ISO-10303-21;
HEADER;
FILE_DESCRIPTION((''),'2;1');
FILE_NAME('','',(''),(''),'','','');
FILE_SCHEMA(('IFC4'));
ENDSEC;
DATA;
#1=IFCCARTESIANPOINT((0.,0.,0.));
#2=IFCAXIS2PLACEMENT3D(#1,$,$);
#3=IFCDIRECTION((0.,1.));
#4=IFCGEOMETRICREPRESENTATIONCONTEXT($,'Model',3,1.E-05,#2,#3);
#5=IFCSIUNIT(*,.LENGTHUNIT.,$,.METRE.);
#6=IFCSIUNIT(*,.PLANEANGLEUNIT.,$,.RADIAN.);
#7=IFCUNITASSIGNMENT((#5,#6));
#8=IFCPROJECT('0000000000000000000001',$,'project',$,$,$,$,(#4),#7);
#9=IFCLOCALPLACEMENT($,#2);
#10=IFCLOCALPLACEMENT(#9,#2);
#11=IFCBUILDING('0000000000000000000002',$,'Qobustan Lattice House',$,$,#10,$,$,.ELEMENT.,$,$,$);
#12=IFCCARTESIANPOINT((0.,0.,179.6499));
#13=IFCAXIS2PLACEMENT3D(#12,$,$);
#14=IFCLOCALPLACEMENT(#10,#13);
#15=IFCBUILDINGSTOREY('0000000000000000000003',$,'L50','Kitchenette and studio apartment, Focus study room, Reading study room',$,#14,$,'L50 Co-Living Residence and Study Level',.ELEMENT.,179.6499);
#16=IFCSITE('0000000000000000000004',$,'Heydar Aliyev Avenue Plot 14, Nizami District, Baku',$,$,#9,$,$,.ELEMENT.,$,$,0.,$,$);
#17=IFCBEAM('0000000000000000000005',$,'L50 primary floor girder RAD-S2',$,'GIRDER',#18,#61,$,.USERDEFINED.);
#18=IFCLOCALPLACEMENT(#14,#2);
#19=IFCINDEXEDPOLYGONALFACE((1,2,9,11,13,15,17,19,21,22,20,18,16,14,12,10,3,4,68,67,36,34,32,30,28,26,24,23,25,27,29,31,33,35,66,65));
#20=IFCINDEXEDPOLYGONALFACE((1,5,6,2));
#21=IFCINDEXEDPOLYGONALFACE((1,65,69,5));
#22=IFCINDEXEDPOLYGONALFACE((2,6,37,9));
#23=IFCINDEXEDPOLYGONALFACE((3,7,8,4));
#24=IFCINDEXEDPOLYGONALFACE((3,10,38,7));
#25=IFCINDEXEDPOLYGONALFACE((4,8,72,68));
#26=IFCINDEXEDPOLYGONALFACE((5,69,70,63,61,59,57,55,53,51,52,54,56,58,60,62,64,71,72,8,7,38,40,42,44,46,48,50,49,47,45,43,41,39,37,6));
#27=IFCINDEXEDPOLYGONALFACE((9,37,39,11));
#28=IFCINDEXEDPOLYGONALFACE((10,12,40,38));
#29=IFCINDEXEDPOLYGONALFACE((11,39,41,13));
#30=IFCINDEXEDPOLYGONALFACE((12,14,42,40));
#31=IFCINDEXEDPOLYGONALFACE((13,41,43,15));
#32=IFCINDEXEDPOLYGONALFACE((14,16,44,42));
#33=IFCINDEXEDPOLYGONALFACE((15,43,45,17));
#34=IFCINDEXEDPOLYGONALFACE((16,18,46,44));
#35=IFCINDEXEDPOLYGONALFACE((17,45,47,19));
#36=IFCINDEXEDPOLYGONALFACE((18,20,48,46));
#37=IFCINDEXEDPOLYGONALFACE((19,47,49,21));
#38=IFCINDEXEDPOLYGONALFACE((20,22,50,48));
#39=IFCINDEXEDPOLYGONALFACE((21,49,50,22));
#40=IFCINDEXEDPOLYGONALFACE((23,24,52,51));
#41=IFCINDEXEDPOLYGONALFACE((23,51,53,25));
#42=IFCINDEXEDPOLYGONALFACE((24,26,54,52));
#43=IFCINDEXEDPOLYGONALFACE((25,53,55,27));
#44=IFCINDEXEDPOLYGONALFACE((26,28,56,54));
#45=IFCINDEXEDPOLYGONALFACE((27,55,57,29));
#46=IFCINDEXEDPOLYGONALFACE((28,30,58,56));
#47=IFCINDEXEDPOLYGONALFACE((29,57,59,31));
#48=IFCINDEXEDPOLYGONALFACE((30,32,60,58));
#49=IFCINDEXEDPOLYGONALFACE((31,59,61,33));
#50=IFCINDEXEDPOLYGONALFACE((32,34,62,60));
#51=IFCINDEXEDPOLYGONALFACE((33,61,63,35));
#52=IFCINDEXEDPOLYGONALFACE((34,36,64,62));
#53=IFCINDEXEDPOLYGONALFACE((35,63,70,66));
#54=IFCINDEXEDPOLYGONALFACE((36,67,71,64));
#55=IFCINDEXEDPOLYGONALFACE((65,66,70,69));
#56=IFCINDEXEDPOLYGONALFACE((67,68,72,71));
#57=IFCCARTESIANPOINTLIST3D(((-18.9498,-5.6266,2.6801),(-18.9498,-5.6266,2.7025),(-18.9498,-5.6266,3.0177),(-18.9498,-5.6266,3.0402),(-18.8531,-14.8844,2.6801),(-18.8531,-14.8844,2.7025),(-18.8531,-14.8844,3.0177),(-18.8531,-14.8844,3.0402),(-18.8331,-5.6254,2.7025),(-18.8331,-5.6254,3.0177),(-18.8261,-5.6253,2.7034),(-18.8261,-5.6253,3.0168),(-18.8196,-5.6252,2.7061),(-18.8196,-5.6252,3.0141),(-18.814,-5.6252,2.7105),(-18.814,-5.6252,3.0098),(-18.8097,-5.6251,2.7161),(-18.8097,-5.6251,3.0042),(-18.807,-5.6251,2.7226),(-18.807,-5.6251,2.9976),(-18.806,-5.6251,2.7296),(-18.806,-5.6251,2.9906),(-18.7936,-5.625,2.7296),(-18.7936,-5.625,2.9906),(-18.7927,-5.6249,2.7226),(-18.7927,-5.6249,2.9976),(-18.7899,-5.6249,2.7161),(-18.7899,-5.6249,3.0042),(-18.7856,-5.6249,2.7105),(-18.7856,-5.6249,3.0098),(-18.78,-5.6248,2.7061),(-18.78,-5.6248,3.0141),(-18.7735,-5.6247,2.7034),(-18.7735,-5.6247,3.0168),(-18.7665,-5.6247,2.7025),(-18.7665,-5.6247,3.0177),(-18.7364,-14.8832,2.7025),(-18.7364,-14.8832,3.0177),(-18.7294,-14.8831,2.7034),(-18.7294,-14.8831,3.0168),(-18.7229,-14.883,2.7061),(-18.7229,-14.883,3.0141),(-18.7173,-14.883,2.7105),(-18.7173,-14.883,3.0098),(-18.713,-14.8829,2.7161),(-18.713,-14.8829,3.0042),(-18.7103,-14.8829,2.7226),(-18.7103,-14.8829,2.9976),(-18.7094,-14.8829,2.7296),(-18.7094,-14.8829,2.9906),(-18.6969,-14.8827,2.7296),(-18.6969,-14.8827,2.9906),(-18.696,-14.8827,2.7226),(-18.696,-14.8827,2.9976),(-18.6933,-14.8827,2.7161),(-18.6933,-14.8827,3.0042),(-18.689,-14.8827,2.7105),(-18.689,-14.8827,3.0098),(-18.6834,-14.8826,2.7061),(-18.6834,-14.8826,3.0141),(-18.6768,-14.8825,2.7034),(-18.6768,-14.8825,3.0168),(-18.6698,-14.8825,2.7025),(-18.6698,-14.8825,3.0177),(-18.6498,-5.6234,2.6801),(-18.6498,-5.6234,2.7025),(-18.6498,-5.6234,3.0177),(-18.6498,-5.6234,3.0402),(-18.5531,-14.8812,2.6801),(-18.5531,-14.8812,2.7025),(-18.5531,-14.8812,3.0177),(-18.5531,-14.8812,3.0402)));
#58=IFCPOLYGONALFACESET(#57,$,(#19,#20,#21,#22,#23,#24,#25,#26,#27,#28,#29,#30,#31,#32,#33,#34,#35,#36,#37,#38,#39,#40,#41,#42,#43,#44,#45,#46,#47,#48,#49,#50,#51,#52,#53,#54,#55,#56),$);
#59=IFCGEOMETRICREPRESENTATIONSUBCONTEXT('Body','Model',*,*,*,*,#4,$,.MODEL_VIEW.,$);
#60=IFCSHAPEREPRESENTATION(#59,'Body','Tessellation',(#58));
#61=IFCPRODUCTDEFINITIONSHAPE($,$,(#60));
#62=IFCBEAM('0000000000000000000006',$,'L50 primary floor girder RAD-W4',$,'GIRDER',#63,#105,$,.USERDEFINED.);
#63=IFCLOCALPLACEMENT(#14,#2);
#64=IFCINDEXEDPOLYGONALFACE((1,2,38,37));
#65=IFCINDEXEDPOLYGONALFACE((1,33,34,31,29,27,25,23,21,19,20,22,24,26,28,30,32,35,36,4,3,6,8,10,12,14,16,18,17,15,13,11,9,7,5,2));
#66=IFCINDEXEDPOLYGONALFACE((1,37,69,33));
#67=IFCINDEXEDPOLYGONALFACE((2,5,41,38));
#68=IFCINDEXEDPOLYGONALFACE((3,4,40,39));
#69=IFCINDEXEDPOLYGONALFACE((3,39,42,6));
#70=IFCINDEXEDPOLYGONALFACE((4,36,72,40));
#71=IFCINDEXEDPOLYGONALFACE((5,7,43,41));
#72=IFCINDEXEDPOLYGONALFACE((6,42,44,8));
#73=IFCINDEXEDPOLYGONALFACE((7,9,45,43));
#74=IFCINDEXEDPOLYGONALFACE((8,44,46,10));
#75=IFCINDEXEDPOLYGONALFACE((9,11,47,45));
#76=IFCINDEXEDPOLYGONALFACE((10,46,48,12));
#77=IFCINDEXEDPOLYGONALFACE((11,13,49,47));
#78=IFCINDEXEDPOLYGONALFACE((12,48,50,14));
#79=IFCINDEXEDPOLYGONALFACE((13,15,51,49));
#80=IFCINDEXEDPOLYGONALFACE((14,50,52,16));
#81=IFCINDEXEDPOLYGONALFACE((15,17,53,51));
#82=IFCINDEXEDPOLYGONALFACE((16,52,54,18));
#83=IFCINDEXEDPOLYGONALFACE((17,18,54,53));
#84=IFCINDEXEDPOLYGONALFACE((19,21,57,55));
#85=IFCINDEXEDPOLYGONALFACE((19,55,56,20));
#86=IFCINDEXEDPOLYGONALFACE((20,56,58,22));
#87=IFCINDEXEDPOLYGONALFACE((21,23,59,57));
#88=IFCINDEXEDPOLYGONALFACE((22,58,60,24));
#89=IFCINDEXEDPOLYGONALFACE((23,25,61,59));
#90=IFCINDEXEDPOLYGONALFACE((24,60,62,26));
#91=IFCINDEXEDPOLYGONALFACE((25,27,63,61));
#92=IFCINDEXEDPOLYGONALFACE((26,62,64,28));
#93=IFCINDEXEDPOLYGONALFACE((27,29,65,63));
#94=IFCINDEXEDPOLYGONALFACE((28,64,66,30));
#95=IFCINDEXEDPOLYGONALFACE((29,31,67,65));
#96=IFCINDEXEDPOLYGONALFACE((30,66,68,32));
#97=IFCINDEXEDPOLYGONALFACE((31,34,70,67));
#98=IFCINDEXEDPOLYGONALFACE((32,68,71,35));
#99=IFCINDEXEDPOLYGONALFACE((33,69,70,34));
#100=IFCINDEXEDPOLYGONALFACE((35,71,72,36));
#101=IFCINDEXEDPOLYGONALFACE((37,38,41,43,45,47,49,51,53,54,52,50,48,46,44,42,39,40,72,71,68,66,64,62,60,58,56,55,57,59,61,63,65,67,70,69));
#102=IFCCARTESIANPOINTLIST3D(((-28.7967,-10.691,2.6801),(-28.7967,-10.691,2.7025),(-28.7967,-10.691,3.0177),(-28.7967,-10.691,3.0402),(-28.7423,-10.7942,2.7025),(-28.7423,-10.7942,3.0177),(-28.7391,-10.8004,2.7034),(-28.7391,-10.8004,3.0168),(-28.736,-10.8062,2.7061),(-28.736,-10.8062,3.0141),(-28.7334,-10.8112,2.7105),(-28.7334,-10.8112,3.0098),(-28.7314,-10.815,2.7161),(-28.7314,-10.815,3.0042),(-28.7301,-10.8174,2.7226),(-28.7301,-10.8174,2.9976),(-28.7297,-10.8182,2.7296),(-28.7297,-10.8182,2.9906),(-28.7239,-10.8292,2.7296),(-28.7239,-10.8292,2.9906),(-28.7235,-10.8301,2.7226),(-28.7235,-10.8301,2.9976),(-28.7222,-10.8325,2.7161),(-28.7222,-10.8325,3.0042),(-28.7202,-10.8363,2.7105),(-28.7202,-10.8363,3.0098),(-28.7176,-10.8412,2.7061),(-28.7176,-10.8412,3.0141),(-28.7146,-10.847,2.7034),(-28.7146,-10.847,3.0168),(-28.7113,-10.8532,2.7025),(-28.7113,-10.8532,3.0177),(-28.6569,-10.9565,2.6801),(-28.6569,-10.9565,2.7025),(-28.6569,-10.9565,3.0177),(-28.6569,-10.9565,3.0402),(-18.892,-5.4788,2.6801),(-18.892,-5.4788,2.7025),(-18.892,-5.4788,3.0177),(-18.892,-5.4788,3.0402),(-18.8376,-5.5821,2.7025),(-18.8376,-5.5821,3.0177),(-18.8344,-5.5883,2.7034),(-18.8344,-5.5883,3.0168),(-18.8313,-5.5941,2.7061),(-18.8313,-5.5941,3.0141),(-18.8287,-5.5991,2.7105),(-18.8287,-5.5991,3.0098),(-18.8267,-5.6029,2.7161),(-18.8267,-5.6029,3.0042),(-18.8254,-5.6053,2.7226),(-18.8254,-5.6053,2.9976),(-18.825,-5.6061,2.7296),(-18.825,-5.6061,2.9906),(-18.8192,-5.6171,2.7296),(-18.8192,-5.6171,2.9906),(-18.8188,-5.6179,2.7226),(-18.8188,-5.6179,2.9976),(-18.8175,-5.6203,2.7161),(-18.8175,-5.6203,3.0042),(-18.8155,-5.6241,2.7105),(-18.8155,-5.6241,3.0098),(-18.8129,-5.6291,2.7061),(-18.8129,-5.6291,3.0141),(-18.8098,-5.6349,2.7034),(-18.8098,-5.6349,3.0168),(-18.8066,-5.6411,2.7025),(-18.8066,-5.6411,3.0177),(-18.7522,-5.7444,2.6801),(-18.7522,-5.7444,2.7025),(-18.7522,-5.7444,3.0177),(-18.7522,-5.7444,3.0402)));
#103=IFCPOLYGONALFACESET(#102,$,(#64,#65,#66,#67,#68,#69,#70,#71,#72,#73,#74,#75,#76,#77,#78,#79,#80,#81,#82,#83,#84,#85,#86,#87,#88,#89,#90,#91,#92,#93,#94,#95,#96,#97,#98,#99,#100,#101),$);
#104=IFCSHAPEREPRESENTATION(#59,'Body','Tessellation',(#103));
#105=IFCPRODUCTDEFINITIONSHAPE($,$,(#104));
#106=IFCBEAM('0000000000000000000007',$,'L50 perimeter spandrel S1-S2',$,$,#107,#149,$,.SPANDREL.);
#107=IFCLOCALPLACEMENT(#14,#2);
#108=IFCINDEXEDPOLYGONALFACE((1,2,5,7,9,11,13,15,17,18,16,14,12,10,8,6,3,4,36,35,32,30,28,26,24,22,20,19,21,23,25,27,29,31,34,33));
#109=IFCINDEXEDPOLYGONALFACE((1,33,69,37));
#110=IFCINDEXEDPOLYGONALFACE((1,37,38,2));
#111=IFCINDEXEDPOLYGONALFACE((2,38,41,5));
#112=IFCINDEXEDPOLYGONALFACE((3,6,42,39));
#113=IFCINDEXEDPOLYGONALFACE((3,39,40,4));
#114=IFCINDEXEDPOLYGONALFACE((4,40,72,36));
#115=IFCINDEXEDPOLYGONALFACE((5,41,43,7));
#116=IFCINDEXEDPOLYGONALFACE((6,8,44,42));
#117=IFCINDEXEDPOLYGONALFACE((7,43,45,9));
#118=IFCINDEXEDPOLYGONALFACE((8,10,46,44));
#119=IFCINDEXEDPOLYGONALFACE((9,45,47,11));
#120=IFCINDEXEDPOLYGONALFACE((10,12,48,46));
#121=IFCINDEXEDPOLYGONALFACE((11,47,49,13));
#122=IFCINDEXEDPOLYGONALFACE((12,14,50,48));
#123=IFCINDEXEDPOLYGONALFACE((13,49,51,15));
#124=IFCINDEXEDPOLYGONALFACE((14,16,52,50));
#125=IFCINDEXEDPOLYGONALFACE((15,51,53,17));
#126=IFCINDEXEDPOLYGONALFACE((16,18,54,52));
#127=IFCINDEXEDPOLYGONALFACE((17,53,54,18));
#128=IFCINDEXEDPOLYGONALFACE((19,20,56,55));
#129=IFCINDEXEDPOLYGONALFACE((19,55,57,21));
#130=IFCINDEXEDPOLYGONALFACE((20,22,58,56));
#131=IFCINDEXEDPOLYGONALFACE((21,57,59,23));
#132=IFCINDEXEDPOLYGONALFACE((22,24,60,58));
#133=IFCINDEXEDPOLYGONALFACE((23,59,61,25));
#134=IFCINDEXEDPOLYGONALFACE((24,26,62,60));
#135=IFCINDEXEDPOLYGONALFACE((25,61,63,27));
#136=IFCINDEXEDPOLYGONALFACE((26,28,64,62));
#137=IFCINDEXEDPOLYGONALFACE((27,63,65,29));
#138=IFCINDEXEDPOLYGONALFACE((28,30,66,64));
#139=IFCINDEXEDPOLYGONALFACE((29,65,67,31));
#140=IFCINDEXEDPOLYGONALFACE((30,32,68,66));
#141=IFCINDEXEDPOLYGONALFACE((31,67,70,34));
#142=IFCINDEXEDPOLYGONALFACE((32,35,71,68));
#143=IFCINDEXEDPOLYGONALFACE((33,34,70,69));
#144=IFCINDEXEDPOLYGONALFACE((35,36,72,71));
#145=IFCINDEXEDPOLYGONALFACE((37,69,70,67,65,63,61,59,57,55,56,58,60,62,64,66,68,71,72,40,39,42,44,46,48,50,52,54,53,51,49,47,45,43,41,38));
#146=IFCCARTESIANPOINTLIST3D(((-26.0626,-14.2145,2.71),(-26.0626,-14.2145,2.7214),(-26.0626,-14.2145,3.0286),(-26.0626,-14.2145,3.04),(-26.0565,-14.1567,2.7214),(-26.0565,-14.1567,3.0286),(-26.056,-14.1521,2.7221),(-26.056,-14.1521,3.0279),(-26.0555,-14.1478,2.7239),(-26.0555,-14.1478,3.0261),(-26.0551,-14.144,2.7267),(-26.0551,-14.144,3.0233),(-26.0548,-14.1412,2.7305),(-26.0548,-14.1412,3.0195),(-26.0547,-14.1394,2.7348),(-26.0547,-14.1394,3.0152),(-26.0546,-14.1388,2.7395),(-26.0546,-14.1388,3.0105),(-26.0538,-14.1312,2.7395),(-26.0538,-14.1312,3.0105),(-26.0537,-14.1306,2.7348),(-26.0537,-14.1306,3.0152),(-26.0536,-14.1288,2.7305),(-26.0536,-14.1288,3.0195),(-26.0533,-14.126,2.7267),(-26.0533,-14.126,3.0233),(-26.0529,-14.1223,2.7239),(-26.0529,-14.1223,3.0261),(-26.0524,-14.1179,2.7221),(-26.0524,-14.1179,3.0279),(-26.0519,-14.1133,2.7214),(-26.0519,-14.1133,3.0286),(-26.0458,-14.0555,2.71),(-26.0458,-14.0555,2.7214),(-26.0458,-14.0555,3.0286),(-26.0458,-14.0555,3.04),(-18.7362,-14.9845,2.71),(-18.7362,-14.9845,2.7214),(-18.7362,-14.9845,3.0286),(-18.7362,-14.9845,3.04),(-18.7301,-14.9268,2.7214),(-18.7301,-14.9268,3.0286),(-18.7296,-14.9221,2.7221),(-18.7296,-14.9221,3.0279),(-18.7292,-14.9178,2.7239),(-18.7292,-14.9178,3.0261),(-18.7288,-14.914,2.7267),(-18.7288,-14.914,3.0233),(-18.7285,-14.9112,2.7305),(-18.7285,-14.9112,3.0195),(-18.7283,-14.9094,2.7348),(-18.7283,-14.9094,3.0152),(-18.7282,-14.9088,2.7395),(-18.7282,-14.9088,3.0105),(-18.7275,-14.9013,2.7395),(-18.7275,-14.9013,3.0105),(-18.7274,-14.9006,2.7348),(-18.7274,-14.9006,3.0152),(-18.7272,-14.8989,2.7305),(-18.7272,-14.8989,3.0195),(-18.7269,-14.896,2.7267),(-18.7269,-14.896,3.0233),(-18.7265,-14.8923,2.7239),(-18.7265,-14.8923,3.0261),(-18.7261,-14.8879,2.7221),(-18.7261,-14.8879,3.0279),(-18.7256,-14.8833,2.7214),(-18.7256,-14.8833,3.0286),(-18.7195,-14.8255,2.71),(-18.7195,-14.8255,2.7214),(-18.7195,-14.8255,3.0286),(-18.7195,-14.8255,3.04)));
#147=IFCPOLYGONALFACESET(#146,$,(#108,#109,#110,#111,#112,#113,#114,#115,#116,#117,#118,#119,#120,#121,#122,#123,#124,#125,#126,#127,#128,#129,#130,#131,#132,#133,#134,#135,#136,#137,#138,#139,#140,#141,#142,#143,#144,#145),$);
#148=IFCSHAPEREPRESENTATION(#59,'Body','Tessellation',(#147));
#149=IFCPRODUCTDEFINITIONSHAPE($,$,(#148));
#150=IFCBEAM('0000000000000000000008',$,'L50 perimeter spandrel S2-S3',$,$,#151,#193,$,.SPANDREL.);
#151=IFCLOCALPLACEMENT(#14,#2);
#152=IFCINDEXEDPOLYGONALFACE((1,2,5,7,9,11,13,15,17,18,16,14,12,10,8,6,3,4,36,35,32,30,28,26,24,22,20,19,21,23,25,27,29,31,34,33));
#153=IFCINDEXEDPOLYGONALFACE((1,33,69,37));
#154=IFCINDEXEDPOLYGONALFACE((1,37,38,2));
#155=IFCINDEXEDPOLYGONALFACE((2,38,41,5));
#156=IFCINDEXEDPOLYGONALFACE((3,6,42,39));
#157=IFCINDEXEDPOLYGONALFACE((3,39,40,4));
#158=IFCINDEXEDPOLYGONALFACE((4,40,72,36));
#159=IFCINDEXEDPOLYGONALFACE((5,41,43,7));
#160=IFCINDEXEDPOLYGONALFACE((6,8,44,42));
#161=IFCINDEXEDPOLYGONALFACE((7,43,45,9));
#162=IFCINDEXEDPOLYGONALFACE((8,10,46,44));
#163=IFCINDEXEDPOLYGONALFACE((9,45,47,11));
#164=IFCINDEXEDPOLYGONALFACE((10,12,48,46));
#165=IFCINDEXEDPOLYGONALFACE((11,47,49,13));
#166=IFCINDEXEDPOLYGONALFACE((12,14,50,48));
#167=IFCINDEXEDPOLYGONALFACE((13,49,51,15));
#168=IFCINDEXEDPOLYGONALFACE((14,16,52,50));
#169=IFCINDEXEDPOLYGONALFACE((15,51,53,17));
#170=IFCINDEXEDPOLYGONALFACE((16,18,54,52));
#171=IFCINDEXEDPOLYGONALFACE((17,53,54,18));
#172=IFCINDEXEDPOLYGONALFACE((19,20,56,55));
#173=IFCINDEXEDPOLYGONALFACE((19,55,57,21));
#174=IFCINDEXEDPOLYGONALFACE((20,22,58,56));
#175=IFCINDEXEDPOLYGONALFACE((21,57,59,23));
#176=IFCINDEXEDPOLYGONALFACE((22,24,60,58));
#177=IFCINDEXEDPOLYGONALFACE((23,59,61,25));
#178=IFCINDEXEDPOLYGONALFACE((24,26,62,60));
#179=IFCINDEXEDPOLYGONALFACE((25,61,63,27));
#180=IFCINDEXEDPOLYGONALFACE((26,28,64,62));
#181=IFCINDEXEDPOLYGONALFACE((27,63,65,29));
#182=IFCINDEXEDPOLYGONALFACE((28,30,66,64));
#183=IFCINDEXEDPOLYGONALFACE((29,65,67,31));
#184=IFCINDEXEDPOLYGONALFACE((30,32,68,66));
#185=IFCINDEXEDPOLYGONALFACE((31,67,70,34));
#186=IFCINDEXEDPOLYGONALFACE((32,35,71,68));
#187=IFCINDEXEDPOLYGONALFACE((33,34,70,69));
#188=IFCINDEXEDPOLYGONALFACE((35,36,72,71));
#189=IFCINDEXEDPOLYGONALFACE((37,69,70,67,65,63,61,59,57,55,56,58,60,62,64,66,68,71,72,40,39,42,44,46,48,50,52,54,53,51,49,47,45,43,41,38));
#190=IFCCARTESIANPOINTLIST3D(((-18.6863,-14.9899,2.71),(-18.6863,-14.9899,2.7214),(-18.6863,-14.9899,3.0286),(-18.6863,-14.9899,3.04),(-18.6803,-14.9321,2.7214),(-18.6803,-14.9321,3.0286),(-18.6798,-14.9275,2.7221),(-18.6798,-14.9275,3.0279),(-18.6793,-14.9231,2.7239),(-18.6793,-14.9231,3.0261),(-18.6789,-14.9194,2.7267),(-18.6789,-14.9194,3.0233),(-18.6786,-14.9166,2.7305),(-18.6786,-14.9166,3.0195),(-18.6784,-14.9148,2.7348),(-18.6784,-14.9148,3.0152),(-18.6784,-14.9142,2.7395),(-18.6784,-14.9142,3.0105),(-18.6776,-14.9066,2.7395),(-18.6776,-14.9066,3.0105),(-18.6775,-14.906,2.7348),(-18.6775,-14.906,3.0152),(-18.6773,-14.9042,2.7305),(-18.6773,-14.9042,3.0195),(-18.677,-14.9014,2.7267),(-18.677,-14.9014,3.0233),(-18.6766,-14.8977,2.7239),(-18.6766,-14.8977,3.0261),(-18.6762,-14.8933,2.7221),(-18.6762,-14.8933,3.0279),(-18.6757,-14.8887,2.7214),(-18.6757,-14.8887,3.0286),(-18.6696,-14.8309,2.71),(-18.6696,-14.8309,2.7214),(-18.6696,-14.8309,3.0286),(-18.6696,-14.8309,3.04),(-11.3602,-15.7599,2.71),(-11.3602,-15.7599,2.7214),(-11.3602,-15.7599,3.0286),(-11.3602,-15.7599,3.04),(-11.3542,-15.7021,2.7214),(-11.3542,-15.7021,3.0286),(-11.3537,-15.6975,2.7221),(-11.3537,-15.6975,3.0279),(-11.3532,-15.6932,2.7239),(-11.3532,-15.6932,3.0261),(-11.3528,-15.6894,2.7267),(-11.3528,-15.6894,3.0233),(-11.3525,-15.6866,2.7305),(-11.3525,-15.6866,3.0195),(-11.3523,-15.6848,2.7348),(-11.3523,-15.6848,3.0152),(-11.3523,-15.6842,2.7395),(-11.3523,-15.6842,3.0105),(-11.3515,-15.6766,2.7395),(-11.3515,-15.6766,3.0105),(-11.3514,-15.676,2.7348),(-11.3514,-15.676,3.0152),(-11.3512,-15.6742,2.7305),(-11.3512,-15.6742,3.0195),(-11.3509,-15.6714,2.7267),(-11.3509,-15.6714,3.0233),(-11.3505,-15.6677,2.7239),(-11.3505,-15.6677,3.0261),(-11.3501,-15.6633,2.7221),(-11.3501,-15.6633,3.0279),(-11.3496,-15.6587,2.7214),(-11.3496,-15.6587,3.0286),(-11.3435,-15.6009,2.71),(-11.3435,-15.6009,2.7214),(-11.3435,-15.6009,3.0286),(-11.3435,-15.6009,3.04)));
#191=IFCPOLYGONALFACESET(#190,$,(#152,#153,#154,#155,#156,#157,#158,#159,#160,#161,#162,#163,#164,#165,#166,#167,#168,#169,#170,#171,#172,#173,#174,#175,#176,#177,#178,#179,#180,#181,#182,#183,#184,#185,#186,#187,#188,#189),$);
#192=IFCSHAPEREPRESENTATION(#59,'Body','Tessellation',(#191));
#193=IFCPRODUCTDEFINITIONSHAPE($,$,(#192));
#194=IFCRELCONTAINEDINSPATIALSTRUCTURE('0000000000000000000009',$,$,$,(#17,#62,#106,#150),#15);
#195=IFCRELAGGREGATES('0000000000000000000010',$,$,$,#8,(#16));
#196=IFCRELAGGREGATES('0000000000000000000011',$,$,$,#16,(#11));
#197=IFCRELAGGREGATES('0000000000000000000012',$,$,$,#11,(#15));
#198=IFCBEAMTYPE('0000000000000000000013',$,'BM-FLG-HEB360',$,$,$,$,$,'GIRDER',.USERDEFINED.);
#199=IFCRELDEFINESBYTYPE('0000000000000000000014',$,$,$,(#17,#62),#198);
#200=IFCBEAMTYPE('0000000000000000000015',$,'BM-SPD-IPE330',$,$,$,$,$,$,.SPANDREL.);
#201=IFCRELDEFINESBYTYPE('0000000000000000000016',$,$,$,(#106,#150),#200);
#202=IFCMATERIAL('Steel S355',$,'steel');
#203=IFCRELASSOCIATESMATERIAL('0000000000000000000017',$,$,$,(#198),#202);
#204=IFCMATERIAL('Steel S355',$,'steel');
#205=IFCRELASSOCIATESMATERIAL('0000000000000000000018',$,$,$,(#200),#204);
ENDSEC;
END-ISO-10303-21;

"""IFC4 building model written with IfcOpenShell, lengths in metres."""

from ifc_helpers import new_model, si_unit, direction, frame, origin, origin_2d, place, context, subcontext, project, spatial, i_section, extrude, material, material_profile, profile_set, type_object, element, save


model = new_model("IFC4")

# Units and contexts
model_context = context("Model", 3, precision=1e-05, world=origin(), true_north=direction((0.0, 1.0)))
body_context = subcontext(model_context, "Body", "Model", "MODEL_VIEW")
ifc_project = project(units=[si_unit("LENGTHUNIT", "METRE"), si_unit("PLANEANGLEUNIT", "RADIAN")], contexts=[model_context])

# Site, building, storey
site_placement = place(None, origin())
site = spatial("IfcSite", under=ifc_project, at=site_placement, Name="Heydar Aliyev Avenue Plot 14, Nizami District, Baku", CompositionType="ELEMENT", RefElevation=0.0)
building_placement = place(site_placement, origin())
building = spatial("IfcBuilding", under=site, at=building_placement, Name="Qobustan Lattice House", CompositionType="ELEMENT")
storey_placement = place(building_placement, frame((0.0, 0.0, 179.6499)))
storey = spatial("IfcBuildingStorey", under=building, at=storey_placement, Name="L50", Description="Kitchenette and studio apartment, Focus study room, Reading study room", LongName="L50 Co-Living Residence and Study Level", CompositionType="ELEMENT", Elevation=179.6499)

# Beams
ifc_material_1 = material(Name="Steel S355", Category="steel")
ifc_material_profile_1 = material_profile(ifc_material_1, i_section(OverallWidth=0.3, OverallDepth=0.3601, WebThickness=0.0125, FlangeThickness=0.0225, FilletRadius=0.0271, at=origin_2d()), Name="HEB360")
ifc_profile_set_1 = profile_set([ifc_material_profile_1], Name="Steel S355")
beam_type_1 = type_object("IfcBeamType", Name="BM-FLG-HEB360", ElementType="GIRDER", PredefinedType="USERDEFINED", material=ifc_profile_set_1)
beam_1_placement = place(storey_placement, frame((-18.7031, -14.8828, 2.8601), z_axis=(-0.010442, 0.999945, 0.0), x_axis=(-0.999945, -0.010442, 0.0)))
element("IfcBeam", 1, at=beam_1_placement, inside=storey, type_object=beam_type_1, Name="L50 primary floor girder RAD-S2", ObjectType="GIRDER", PredefinedType="USERDEFINED", context=body_context, shape_type="SweptSolid", body=[
    extrude(i_section(OverallWidth=0.3, OverallDepth=0.3601, WebThickness=0.0125, FlangeThickness=0.0225, FilletRadius=0.0271, at=origin_2d()), origin(), (0.0, 0.0, 1.0), 9.2583),
])
beam_2_placement = place(storey_placement, frame((-28.7268, -10.8237, 2.8601), z_axis=(0.884951, 0.465684, 0.0), x_axis=(-0.465684, 0.884951, 0.0)))
element("IfcBeam", 2, at=beam_2_placement, inside=storey, type_object=beam_type_1, Name="L50 primary floor girder RAD-W4", ObjectType="GIRDER", PredefinedType="USERDEFINED", context=body_context, shape_type="SweptSolid", body=[
    extrude(i_section(OverallWidth=0.3, OverallDepth=0.3601, WebThickness=0.0125, FlangeThickness=0.0225, FilletRadius=0.0271, at=origin_2d()), origin(), (0.0, 0.0, 1.0), 11.1924),
])
ifc_material_2 = material(Name="Steel S355", Category="steel")
ifc_material_profile_2 = material_profile(ifc_material_2, i_section(OverallWidth=0.1599, OverallDepth=0.3301, WebThickness=0.0076, FlangeThickness=0.0115, FilletRadius=0.0181, at=origin_2d()), Name="IPE330")
ifc_profile_set_2 = profile_set([ifc_material_profile_2], Name="Steel S355")
beam_type_2 = type_object("IfcBeamType", Name="BM-SPD-IPE330", PredefinedType="SPANDREL", material=ifc_profile_set_2)
beam_3_placement = place(storey_placement, frame((-26.0542, -14.135, 2.875), z_axis=(0.994522, -0.104526, 0.0), x_axis=(0.104526, 0.994522, 0.0)))
element("IfcBeam", 3, at=beam_3_placement, inside=storey, type_object=beam_type_2, Name="L50 perimeter spandrel S1-S2", PredefinedType="SPANDREL", context=body_context, shape_type="SweptSolid", body=[
    extrude(i_section(OverallWidth=0.1599, OverallDepth=0.3301, WebThickness=0.0076, FlangeThickness=0.0115, FilletRadius=0.0181, at=origin_2d()), origin(), (0.0, 0.0, 1.0), 7.3667),
])
beam_4_placement = place(storey_placement, frame((-18.678, -14.9104, 2.875), z_axis=(0.994522, -0.10453, 0.0), x_axis=(0.10453, 0.994522, 0.0)))
element("IfcBeam", 4, at=beam_4_placement, inside=storey, type_object=beam_type_2, Name="L50 perimeter spandrel S2-S3", PredefinedType="SPANDREL", context=body_context, shape_type="SweptSolid", body=[
    extrude(i_section(OverallWidth=0.1599, OverallDepth=0.3301, WebThickness=0.0076, FlangeThickness=0.0115, FilletRadius=0.0181, at=origin_2d()), origin(), (0.0, 0.0, 1.0), 7.3665),
])

save(model, "model.ifc")
